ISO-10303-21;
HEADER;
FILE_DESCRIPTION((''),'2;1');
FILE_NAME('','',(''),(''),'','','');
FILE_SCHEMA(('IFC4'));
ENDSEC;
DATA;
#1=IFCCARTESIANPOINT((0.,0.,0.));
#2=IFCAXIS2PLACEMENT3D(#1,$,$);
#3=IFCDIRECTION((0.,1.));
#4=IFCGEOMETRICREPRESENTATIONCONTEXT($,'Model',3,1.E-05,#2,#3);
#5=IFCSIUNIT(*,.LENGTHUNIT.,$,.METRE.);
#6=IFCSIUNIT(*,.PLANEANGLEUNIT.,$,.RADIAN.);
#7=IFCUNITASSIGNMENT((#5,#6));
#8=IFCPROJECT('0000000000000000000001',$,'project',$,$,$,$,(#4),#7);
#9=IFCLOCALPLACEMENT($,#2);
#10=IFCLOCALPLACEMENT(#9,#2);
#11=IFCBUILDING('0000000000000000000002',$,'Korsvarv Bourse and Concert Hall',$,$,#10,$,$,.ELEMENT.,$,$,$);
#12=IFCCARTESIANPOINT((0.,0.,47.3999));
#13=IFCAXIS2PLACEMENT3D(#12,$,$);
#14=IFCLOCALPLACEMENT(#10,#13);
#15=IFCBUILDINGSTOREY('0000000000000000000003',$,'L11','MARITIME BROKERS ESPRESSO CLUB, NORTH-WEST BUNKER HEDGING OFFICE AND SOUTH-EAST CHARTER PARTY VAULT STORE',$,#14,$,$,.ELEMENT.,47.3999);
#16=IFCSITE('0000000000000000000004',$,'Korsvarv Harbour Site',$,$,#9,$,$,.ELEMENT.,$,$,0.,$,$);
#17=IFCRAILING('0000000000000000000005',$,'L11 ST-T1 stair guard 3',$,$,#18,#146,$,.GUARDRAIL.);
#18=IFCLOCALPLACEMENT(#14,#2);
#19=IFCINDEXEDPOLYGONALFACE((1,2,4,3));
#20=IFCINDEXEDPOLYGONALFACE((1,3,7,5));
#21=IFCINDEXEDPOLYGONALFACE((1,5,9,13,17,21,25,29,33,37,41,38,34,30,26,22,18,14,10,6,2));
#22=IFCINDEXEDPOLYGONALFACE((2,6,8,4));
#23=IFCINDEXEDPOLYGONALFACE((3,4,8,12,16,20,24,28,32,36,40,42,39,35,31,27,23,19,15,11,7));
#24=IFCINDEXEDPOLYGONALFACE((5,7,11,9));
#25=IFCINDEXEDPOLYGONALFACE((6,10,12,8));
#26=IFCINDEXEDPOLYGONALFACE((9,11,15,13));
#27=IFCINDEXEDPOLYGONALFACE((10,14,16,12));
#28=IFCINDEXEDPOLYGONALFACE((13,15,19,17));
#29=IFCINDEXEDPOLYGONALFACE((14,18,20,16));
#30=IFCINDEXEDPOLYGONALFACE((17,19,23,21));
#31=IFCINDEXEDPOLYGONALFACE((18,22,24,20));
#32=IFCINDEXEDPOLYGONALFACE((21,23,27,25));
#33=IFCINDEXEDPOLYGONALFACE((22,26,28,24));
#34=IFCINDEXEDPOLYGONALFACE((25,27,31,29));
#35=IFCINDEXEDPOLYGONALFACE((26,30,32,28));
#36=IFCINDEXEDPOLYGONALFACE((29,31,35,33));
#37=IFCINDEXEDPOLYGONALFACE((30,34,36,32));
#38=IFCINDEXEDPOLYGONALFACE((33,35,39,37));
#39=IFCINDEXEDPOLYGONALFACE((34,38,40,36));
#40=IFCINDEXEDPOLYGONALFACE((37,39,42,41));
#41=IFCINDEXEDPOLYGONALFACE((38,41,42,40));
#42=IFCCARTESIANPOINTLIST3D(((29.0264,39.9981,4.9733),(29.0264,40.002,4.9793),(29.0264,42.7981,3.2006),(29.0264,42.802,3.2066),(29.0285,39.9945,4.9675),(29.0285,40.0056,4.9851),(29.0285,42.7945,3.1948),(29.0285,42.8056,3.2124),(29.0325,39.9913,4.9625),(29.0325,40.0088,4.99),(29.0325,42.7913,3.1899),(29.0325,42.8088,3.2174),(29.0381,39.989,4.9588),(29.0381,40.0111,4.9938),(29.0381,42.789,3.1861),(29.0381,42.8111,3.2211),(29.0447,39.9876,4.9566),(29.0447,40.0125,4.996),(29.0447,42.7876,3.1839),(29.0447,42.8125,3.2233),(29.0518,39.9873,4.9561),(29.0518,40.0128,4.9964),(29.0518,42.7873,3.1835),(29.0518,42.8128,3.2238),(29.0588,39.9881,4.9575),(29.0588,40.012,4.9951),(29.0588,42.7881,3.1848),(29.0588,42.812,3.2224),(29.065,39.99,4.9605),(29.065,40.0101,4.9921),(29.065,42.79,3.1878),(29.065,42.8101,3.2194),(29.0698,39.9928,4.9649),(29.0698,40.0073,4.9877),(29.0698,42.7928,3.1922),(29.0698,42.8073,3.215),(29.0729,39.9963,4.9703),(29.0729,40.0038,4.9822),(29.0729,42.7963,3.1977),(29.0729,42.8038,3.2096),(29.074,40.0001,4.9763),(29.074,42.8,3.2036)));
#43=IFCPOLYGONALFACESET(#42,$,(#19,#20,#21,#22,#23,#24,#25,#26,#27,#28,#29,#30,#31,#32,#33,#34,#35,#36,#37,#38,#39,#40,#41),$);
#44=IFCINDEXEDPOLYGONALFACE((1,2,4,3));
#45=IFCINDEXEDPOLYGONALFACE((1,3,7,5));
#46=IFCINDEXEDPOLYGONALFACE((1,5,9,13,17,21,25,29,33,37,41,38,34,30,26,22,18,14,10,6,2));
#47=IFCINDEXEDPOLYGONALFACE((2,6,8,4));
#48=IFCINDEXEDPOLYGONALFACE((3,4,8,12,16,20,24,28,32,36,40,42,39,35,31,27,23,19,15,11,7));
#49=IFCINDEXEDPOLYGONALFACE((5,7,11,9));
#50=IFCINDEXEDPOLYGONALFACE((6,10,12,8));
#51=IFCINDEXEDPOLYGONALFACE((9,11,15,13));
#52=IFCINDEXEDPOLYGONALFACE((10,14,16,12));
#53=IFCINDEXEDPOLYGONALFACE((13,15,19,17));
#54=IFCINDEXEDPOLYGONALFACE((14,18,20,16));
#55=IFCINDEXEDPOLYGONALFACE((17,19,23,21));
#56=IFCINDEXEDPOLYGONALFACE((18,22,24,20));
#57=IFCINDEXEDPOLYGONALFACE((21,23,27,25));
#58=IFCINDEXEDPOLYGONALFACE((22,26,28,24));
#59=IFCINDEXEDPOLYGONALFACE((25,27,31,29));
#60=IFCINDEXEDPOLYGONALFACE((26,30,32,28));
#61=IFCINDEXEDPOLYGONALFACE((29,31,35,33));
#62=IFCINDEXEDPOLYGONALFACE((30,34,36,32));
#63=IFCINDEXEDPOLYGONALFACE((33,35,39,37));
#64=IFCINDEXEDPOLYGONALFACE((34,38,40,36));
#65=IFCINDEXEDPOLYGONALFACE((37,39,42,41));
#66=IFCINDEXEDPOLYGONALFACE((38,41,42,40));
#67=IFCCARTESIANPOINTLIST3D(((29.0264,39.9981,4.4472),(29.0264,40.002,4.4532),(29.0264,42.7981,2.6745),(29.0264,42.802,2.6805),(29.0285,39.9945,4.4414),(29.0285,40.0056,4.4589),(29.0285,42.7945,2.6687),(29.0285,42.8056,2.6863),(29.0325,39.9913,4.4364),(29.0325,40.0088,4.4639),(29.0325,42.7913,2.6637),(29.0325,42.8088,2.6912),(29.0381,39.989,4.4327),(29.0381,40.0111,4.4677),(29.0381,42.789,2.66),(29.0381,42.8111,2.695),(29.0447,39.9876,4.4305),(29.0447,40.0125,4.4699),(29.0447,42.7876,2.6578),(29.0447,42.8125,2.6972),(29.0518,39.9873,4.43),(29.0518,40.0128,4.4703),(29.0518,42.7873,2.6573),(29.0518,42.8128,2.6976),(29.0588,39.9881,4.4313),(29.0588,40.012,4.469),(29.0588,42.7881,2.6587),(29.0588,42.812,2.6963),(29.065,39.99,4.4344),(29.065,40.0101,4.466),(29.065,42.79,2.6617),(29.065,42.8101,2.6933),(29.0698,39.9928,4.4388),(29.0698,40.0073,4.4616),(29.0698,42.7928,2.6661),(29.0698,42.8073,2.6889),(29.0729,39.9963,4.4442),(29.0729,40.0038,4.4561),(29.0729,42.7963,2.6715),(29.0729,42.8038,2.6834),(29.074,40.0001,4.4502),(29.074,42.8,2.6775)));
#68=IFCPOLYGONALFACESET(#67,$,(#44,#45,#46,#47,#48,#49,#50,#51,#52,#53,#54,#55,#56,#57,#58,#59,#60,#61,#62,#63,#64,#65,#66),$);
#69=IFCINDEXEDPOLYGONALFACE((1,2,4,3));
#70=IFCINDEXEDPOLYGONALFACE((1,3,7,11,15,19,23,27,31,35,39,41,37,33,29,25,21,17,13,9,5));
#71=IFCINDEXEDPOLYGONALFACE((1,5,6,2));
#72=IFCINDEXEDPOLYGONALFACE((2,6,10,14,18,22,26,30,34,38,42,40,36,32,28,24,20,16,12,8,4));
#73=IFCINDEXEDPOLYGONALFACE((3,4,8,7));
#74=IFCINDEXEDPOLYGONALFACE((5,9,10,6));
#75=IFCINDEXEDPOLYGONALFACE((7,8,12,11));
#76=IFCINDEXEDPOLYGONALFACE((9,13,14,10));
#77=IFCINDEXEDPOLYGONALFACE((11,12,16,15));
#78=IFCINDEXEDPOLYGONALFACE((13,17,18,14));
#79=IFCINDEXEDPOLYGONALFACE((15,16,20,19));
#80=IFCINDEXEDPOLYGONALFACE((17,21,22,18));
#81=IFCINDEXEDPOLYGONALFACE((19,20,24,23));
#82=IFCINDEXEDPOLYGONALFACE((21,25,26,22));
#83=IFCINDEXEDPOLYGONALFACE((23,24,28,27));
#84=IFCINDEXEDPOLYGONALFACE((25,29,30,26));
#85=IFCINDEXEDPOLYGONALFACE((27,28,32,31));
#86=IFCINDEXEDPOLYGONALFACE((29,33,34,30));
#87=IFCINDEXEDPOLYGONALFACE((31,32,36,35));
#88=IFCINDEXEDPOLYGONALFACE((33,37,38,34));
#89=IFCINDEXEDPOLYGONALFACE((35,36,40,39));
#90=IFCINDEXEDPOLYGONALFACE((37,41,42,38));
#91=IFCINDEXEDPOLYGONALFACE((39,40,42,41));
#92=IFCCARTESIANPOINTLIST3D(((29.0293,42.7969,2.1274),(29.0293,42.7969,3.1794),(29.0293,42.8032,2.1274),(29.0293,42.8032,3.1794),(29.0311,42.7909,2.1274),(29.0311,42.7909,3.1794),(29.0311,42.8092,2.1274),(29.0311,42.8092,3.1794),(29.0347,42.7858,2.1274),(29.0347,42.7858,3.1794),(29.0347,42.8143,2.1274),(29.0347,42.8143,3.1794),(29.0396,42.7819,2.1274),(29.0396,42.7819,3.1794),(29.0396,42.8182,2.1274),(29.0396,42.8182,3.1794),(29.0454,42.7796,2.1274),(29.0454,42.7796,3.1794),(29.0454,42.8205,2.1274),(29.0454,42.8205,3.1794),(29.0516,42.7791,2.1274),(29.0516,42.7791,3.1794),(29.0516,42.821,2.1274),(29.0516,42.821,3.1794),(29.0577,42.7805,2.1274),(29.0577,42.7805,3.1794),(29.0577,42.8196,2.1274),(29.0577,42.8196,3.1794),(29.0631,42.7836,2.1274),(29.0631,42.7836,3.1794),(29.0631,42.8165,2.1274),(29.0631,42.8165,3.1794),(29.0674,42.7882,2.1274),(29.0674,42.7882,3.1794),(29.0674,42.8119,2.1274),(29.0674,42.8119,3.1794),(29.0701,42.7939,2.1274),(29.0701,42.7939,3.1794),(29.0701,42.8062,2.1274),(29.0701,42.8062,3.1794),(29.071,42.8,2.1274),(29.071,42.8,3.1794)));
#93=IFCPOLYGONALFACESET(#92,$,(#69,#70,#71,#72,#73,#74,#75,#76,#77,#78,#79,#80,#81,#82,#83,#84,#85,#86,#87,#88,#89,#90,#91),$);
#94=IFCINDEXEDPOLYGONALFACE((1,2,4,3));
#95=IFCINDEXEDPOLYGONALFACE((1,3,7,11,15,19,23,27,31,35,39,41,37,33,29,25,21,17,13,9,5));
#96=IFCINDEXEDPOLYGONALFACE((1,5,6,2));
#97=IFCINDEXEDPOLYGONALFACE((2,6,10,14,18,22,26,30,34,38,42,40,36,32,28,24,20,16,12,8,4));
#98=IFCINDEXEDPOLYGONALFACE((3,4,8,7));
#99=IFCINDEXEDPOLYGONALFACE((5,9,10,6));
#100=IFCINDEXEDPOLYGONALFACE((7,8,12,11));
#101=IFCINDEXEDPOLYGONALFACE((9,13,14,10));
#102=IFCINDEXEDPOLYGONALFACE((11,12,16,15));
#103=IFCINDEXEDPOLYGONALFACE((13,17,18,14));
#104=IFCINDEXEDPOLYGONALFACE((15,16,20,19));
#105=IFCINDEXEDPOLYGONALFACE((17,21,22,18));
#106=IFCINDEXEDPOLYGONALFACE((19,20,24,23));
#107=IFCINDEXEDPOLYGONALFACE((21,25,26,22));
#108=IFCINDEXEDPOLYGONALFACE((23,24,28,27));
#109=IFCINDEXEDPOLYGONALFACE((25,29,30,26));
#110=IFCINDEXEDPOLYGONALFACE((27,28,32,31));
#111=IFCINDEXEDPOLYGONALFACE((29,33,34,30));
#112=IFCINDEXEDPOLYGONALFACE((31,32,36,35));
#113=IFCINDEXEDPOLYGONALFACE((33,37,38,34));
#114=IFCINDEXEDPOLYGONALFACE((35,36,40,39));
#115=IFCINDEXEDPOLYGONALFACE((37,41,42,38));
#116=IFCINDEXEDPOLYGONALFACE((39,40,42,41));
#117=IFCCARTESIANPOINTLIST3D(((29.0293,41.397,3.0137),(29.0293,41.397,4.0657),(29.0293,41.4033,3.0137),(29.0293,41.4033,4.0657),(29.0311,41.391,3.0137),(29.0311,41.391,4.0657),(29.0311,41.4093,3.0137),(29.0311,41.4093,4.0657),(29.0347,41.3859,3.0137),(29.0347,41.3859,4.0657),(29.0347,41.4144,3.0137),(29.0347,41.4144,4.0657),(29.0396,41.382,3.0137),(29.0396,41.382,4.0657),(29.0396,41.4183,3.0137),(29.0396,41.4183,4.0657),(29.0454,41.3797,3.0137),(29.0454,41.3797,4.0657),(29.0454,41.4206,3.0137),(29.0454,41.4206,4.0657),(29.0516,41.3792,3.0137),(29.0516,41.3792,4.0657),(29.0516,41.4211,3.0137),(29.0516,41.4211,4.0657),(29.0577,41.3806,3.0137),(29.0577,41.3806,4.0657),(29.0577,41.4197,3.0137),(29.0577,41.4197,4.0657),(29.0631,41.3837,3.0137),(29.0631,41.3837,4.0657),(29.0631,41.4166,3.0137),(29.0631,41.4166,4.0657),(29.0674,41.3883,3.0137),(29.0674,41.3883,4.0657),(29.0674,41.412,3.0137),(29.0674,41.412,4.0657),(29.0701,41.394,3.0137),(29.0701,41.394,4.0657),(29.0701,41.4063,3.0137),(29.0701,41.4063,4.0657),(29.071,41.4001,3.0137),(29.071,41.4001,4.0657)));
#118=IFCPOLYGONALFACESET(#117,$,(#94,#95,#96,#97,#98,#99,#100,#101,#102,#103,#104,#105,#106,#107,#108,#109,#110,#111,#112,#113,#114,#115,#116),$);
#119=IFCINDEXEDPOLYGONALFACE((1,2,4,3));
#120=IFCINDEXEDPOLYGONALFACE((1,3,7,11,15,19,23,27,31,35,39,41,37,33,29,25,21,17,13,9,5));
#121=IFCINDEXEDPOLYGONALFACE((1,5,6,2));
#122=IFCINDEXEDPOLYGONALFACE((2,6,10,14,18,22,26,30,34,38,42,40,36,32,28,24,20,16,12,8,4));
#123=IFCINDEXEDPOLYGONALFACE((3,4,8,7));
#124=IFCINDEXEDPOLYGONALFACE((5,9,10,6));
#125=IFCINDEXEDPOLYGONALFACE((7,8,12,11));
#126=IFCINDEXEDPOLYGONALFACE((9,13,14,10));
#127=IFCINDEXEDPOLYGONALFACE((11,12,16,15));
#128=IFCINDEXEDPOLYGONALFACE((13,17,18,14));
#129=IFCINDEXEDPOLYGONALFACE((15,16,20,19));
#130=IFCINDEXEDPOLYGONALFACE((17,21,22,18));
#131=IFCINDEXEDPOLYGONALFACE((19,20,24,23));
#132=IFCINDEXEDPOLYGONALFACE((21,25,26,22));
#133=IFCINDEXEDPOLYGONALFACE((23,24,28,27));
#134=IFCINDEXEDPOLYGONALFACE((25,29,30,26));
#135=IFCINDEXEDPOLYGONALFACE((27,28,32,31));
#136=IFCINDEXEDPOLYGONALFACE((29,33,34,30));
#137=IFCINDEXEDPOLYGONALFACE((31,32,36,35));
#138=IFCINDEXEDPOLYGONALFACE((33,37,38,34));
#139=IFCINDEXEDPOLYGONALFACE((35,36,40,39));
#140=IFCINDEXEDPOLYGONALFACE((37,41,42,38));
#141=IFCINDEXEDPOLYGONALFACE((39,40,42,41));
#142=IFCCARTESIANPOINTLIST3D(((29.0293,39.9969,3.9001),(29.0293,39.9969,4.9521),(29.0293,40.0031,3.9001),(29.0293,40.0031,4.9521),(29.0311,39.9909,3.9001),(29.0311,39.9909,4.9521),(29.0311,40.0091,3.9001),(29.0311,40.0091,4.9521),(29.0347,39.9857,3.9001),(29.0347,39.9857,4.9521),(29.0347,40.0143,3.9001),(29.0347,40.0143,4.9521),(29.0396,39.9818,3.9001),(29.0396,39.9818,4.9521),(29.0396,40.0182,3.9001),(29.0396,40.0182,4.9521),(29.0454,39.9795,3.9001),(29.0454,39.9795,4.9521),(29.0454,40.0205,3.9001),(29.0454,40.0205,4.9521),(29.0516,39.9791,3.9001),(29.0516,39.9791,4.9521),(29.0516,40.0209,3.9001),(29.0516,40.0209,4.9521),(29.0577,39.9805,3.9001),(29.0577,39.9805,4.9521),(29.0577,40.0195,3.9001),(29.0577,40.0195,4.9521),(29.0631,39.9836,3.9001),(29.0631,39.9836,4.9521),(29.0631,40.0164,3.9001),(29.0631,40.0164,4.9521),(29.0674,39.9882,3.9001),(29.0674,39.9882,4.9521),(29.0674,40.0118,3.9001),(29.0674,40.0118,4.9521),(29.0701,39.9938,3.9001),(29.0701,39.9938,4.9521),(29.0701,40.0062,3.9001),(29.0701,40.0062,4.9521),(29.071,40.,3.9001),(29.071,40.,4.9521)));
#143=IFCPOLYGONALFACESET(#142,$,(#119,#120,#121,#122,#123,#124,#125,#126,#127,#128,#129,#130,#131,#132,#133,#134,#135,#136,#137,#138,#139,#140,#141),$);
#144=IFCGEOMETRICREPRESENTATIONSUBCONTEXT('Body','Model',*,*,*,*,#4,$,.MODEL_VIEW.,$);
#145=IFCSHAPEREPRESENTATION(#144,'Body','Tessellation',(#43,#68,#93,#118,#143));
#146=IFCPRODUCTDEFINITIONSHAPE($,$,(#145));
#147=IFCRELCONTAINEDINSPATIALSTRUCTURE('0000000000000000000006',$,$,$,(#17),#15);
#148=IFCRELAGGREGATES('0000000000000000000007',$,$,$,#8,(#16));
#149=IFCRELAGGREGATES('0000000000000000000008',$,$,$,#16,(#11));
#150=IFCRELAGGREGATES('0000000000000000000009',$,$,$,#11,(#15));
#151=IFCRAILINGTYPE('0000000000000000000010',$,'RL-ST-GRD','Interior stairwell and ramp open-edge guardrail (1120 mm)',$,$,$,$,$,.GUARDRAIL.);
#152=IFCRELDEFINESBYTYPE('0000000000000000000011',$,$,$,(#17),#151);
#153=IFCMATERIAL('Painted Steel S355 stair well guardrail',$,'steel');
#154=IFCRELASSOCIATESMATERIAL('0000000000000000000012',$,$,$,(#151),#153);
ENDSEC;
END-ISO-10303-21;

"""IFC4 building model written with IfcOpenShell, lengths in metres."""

from ifc_helpers import new_model, si_unit, direction, frame, origin, origin_2d, place, context, subcontext, project, spatial, circle, extrude, material, type_object, element, save


model = new_model("IFC4")

# Units and contexts
model_context = context("Model", 3, precision=1e-05, world=origin(), true_north=direction((0.0, 1.0)))
body_context = subcontext(model_context, "Body", "Model", "MODEL_VIEW")
ifc_project = project(units=[si_unit("LENGTHUNIT", "METRE"), si_unit("PLANEANGLEUNIT", "RADIAN")], contexts=[model_context])

# Site, building, storey
site_placement = place(None, origin())
site = spatial("IfcSite", under=ifc_project, at=site_placement, Name="Korsvarv Harbour Site", CompositionType="ELEMENT", RefElevation=0.0)
building_placement = place(site_placement, origin())
building = spatial("IfcBuilding", under=site, at=building_placement, Name="Korsvarv Bourse and Concert Hall", CompositionType="ELEMENT")
storey_placement = place(building_placement, frame((0.0, 0.0, 47.3999)))
storey = spatial("IfcBuildingStorey", under=building, at=storey_placement, Name="L11", Description="MARITIME BROKERS ESPRESSO CLUB, NORTH-WEST BUNKER HEDGING OFFICE AND SOUTH-EAST CHARTER PARTY VAULT STORE", CompositionType="ELEMENT", Elevation=47.3999)

# Railing
ifc_material_1 = material(Name="Painted Steel S355 stair well guardrail", Category="steel")
railing_type_1 = type_object("IfcRailingType", Name="RL-ST-GRD", Description="Interior stairwell and ramp open-edge guardrail (1120 mm)", PredefinedType="GUARDRAIL", material=ifc_material_1)
railing_1_placement = place(storey_placement, frame((29.05, 42.8, 2.1274)))
element("IfcRailing", 1, at=railing_1_placement, inside=storey, type_object=railing_type_1, Name="L11 ST-T1 stair guard 3", PredefinedType="GUARDRAIL", context=body_context, shape_type="SweptSolid", body=[
    extrude(circle(Radius=0.0239, at=origin_2d()), frame((0.0, 0.0, 1.0762), z_axis=(0.0, -0.844909, 0.53491), x_axis=(1.0, 0.0, 0.0)), (0.0, 0.0, 1.0), 3.314),
    extrude(circle(Radius=0.0239, at=origin_2d()), frame((0.0, 0.0, 0.55), z_axis=(0.0, -0.844909, 0.53491), x_axis=(1.0, 0.0, 0.0)), (0.0, 0.0, 1.0), 3.314),
    extrude(circle(Radius=0.021, at=origin_2d()), origin(), (0.0, 0.0, 1.0), 1.052),
    extrude(circle(Radius=0.021, at=origin_2d()), frame((0.0, -1.3999, 0.8862)), (0.0, 0.0, 1.0), 1.052),
    extrude(circle(Radius=0.021, at=origin_2d()), frame((0.0, -2.8, 1.7727)), (0.0, 0.0, 1.0), 1.052),
])

save(model, "model.ifc")
